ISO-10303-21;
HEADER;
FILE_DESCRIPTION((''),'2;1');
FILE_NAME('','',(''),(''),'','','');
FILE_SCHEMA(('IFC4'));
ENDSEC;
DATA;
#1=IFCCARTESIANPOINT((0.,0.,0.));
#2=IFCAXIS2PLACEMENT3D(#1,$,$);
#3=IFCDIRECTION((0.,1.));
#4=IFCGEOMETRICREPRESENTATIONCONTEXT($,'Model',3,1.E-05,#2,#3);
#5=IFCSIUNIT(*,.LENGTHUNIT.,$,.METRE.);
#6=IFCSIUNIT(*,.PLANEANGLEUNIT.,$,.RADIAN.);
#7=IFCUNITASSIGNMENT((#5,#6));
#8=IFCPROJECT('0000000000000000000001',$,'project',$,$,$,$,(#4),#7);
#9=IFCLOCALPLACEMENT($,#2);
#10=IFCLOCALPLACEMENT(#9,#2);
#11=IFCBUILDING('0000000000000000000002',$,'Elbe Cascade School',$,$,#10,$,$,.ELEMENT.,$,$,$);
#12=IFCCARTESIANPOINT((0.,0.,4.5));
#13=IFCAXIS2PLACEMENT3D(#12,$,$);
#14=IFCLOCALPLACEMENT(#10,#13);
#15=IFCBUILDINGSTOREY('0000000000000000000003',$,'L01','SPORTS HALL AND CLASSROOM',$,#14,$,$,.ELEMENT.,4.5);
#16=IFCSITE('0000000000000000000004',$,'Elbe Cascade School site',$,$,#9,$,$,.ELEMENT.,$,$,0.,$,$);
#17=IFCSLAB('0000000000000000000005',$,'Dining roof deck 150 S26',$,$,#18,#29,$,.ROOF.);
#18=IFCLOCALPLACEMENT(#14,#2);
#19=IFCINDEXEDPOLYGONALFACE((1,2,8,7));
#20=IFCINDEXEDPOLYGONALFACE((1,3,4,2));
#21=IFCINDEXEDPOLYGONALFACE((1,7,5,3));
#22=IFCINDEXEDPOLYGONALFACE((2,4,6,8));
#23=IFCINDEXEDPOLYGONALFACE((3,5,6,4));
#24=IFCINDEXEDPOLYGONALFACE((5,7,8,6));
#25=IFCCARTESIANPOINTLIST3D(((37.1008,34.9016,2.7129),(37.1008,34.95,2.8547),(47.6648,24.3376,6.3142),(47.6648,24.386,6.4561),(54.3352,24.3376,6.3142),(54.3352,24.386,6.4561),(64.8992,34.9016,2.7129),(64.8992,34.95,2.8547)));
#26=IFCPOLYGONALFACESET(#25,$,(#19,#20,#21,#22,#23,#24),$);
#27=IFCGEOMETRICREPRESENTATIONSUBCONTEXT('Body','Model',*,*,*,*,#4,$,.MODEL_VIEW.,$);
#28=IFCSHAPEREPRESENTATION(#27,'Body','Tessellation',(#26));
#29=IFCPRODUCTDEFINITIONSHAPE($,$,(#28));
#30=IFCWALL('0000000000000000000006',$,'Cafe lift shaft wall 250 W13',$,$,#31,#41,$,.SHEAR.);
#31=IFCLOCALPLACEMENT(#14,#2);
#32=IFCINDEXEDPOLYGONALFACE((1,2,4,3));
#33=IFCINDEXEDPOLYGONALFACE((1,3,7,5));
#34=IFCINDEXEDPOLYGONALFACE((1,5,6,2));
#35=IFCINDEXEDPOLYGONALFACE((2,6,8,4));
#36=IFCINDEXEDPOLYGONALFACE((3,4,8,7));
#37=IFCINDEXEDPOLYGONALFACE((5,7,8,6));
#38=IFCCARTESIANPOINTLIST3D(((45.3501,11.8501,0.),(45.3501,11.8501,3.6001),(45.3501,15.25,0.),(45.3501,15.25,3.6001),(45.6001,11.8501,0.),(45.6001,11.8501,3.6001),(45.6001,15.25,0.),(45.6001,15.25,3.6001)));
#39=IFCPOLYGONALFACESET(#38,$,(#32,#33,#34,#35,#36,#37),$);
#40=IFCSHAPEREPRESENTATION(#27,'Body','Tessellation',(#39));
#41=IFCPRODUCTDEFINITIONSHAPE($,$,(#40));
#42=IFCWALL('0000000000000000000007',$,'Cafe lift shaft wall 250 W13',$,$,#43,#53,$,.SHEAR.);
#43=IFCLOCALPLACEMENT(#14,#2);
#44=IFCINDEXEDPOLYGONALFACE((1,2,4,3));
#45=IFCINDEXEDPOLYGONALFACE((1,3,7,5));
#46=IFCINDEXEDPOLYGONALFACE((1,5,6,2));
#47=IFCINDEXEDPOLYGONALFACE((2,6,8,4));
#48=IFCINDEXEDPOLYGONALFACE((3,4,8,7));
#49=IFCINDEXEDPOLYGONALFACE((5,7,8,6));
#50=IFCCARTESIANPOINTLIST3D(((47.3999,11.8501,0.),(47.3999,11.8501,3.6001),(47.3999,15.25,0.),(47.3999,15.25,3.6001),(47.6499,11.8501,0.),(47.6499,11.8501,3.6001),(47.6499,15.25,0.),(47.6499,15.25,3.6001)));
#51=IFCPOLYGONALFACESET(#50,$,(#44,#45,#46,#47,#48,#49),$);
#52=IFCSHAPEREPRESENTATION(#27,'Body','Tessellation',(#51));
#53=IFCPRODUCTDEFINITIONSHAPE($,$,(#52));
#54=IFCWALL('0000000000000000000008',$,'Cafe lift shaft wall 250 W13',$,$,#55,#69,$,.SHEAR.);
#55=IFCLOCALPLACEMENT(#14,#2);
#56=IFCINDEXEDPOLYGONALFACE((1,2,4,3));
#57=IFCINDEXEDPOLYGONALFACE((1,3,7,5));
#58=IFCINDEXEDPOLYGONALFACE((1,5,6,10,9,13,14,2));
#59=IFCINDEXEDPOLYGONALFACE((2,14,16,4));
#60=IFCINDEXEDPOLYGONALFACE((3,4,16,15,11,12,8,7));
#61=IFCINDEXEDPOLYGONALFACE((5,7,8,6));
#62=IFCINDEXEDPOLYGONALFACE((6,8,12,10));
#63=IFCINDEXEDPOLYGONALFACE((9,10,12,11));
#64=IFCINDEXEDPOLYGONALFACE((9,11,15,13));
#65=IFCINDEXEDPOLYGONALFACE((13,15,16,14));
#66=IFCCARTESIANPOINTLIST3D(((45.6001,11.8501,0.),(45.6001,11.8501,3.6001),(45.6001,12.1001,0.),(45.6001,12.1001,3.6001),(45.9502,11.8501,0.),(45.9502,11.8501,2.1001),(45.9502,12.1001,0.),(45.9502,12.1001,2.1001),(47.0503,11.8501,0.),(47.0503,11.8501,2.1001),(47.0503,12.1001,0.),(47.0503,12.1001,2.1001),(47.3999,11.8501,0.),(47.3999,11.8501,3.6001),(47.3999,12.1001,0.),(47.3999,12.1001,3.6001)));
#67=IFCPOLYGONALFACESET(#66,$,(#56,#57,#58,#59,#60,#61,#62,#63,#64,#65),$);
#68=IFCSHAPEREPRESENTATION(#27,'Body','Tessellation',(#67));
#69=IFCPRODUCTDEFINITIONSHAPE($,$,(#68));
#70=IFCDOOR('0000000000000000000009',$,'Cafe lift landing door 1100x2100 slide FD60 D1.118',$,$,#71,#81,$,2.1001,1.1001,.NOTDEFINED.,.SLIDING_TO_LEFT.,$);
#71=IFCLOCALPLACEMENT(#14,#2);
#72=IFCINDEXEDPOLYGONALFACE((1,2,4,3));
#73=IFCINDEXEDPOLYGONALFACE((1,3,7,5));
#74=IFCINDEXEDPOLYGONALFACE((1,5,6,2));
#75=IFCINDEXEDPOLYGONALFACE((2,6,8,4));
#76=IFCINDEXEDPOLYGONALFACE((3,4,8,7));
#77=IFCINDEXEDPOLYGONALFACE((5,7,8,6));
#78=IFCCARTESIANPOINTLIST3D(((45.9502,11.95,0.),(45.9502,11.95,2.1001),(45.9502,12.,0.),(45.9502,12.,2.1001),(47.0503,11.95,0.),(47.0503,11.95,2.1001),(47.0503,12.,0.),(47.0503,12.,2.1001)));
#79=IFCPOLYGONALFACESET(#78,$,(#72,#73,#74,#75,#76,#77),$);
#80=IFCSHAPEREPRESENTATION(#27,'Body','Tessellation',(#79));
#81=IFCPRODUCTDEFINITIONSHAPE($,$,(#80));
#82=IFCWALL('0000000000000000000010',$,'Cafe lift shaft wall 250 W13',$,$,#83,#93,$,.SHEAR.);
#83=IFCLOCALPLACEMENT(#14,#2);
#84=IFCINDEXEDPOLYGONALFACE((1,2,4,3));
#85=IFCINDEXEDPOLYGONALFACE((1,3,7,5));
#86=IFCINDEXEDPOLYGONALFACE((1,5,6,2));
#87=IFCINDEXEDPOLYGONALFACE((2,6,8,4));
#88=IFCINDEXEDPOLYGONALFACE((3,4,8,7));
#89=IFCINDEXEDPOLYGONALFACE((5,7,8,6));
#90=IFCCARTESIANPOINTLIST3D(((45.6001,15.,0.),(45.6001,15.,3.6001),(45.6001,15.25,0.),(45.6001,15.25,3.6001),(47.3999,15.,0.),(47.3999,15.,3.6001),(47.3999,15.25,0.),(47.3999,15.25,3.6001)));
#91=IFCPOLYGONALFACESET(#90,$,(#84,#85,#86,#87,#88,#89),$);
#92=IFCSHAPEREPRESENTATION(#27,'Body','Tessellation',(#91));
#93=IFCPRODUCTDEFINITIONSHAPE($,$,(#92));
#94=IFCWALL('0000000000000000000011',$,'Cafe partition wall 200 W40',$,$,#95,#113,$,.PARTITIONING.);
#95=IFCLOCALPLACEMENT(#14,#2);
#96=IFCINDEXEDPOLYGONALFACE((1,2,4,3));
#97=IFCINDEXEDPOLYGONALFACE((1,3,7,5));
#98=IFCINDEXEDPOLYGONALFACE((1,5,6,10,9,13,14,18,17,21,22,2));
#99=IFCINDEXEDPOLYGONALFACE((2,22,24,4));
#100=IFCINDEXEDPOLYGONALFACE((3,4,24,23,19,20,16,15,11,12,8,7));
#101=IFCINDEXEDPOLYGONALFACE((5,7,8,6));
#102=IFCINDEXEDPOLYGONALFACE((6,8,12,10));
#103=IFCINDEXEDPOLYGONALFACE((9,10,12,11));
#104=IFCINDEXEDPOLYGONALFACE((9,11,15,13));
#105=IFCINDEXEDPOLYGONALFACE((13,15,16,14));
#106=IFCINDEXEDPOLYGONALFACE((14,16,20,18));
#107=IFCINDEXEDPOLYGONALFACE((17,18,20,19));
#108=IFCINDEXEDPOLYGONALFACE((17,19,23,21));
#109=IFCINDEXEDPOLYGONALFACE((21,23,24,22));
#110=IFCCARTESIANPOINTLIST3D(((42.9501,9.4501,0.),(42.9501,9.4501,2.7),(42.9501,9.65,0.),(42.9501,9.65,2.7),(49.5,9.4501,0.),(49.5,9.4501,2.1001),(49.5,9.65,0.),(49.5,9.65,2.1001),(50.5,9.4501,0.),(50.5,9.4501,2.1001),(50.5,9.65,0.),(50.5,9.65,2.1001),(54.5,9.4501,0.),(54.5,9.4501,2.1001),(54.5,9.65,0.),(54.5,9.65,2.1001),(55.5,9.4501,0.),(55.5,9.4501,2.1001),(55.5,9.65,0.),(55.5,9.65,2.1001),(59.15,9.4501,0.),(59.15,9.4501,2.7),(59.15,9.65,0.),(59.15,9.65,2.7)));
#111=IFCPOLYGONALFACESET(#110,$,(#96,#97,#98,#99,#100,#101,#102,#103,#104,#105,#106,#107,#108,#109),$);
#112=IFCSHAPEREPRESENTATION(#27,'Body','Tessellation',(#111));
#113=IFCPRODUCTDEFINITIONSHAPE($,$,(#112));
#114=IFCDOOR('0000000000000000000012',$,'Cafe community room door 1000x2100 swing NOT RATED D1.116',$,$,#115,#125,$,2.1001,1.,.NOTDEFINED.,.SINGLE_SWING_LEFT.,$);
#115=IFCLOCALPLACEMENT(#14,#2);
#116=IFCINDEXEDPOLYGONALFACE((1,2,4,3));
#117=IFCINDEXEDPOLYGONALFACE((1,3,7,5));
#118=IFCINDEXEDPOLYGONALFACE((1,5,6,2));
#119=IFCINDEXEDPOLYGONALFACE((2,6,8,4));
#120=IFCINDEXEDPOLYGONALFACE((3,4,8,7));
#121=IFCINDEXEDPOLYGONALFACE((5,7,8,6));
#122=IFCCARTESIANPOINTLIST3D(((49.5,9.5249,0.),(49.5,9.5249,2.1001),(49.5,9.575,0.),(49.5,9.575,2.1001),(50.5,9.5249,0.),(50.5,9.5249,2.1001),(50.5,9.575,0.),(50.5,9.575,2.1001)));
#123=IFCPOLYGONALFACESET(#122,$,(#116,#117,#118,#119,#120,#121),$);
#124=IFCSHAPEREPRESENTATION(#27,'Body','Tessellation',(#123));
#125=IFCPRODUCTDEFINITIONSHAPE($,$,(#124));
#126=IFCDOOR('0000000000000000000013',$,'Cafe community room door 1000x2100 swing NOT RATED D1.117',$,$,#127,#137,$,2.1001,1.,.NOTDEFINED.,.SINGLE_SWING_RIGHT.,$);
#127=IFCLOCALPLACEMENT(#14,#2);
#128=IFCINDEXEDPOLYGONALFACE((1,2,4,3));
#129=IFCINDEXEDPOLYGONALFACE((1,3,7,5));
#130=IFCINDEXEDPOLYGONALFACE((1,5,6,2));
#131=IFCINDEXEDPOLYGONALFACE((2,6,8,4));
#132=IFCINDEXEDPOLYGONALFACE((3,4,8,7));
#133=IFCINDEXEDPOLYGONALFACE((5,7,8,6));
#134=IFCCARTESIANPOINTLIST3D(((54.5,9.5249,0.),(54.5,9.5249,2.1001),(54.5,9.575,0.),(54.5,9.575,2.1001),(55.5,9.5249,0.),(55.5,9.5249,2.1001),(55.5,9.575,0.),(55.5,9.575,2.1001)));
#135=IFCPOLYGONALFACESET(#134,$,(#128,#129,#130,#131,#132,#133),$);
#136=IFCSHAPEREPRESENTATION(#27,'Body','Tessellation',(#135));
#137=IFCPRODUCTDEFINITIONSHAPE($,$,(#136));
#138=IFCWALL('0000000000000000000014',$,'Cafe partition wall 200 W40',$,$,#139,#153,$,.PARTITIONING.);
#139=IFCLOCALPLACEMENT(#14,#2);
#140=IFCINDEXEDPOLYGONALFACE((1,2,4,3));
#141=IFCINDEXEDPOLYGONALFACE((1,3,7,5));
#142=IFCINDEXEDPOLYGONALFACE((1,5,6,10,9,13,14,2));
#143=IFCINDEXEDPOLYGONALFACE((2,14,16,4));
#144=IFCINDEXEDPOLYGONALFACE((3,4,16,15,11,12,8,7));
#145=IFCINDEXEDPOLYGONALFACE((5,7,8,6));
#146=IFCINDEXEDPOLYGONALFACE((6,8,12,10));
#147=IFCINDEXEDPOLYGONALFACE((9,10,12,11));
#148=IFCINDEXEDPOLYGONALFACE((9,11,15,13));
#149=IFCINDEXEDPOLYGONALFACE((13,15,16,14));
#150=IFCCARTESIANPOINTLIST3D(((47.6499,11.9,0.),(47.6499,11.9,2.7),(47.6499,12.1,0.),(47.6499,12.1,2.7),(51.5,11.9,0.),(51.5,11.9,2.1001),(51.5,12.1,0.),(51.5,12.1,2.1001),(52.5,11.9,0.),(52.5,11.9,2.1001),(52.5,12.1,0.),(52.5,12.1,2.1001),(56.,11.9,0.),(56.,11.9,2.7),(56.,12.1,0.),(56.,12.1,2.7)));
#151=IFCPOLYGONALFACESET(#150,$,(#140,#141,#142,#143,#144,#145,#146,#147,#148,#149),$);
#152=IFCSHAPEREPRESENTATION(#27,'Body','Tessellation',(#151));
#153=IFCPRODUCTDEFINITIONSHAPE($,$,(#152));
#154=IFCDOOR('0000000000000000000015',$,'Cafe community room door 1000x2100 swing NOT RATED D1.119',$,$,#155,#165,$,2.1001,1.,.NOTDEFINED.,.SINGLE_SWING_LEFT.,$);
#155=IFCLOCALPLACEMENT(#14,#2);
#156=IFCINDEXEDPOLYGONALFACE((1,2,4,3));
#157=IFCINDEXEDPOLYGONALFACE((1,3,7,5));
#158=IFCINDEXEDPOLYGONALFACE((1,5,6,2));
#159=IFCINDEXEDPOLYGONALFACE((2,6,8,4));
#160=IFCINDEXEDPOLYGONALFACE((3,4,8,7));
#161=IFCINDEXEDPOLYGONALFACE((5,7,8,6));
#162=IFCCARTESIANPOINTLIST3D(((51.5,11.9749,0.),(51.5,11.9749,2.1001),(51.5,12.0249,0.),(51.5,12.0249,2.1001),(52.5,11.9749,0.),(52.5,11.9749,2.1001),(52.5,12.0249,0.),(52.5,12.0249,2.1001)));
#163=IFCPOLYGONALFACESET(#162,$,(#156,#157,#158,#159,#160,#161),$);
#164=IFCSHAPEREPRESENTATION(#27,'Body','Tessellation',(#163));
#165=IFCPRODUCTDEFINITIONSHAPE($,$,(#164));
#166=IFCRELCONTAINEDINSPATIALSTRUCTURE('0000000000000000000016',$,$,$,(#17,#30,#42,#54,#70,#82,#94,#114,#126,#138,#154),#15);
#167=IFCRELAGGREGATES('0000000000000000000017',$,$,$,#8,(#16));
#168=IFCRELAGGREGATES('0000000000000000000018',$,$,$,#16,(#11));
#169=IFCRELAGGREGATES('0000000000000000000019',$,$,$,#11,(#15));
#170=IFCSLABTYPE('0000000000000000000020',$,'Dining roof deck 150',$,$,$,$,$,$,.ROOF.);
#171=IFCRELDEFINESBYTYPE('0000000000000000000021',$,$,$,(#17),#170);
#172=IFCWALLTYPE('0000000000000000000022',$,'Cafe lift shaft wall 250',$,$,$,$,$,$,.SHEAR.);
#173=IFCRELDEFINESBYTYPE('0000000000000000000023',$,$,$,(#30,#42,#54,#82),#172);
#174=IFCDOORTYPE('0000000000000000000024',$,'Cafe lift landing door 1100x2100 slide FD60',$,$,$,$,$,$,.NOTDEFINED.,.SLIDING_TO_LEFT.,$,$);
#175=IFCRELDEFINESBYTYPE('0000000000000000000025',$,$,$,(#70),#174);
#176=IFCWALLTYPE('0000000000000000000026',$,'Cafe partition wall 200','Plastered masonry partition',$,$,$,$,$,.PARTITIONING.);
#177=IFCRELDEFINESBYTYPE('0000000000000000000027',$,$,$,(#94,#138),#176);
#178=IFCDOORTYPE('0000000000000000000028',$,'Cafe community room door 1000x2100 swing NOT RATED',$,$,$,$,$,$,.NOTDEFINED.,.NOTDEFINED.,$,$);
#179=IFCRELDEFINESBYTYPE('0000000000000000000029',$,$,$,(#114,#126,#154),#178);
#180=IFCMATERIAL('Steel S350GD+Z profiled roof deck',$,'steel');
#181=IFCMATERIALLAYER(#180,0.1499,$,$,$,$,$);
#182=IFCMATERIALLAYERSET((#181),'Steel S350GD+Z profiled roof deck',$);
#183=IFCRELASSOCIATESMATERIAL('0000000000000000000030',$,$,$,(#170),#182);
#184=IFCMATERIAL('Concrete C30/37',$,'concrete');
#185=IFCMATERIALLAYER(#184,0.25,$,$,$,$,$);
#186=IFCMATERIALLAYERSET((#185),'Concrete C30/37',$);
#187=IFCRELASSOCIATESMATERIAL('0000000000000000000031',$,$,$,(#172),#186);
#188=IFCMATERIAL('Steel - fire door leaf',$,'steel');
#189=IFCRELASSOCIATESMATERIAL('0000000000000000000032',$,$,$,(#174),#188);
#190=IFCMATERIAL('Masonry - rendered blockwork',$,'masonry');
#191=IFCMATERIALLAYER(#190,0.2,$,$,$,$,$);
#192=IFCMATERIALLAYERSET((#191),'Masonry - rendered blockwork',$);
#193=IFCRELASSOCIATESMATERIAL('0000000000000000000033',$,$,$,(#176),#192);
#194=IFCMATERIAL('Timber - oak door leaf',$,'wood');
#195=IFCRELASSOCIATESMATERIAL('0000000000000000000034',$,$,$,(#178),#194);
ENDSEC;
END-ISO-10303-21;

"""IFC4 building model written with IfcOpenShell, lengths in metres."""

from ifc_helpers import new_model, si_unit, direction, frame, frame_2d, origin, place, context, subcontext, project, spatial, polyline, rectangle, outline, extrude, material, layer, layer_set, type_object, element, fill, save


model = new_model("IFC4")

# Units and contexts
model_context = context("Model", 3, precision=1e-05, world=origin(), true_north=direction((0.0, 1.0)))
body_context = subcontext(model_context, "Body", "Model", "MODEL_VIEW")
ifc_project = project(units=[si_unit("LENGTHUNIT", "METRE"), si_unit("PLANEANGLEUNIT", "RADIAN")], contexts=[model_context])

# Site, building, storey
site_placement = place(None, origin())
site = spatial("IfcSite", under=ifc_project, at=site_placement, Name="Elbe Cascade School site", CompositionType="ELEMENT", RefElevation=0.0)
building_placement = place(site_placement, origin())
building = spatial("IfcBuilding", under=site, at=building_placement, Name="Elbe Cascade School", CompositionType="ELEMENT")
storey_placement = place(building_placement, frame((0.0, 0.0, 4.5)))
storey = spatial("IfcBuildingStorey", under=building, at=storey_placement, Name="L01", Description="SPORTS HALL AND CLASSROOM", CompositionType="ELEMENT", Elevation=4.5)

# Slab
ifc_material_1 = material(Name="Steel S350GD+Z profiled roof deck", Category="steel")
ifc_layer_1 = layer(ifc_material_1, 0.1499)
ifc_layer_set_1 = layer_set([ifc_layer_1], Name="Steel S350GD+Z profiled roof deck")
slab_type = type_object("IfcSlabType", Name="Dining roof deck 150", PredefinedType="ROOF", material=ifc_layer_set_1)
slab_1_placement = place(storey_placement, frame((47.6648, 24.386, 6.4561), z_axis=(0.0, 0.322671, 0.946511), x_axis=(-0.687416, 0.687416, -0.234344)))
element("IfcSlab", 1, at=slab_1_placement, inside=storey, type_object=slab_type, Name="Dining roof deck 150 S26", PredefinedType="ROOF", context=body_context, shape_type="SweptSolid", body=[
    extrude(outline(polyline([(0.0, 0.0), (15.3676, 0.0), (-3.7414, -20.1889), (-4.5853, -4.8445), (0.0, 0.0)])), origin(), (0.0, 0.0, -1.0), 0.1499),
])

# Walls
ifc_material_2 = material(Name="Concrete C30/37", Category="concrete")
ifc_layer_2 = layer(ifc_material_2, 0.25)
ifc_layer_set_2 = layer_set([ifc_layer_2], Name="Concrete C30/37")
wall_type_1 = type_object("IfcWallType", Name="Cafe lift shaft wall 250", PredefinedType="SHEAR", material=ifc_layer_set_2)
for number, where, z_axis, x_axis, name in (
    (2, (45.4751, 11.8501, 0.0), (0.0, 0.0, 1.0), (0.0, 1.0, 0.0), "Cafe lift shaft wall 250 W13"),
    (3, (47.5249, 11.8501, 0.0), (0.0, 0.0, 1.0), (0.0, 1.0, 0.0), "Cafe lift shaft wall 250 W13"),
):
    element("IfcWall", number, at=place(storey_placement, frame(where, z_axis=z_axis, x_axis=x_axis)), inside=storey, type_object=wall_type_1, Name=name, PredefinedType="SHEAR", context=body_context, shape_type="SweptSolid", body=[
        extrude(rectangle(XDim=3.3999, YDim=0.25, at=frame_2d((1.7, 0.0))), origin(), (0.0, 0.0, 1.0), 3.6001),
    ])

# Wall, opening, door
wall_1_placement = place(storey_placement, frame((45.6001, 11.9751, 0.0), z_axis=(0.0, 0.0, 1.0), x_axis=(1.0, 0.0, 0.0)))
wall_1 = element("IfcWall", 4, at=wall_1_placement, inside=storey, type_object=wall_type_1, Name="Cafe lift shaft wall 250 W13", PredefinedType="SHEAR", context=body_context, shape_type="SweptSolid", body=[
    extrude(rectangle(XDim=1.7998, YDim=0.25, at=frame_2d((0.8999, 0.0))), origin(), (0.0, 0.0, 1.0), 3.6001),
])
opening_1_placement = place(wall_1_placement, frame((0.3501, 0.0, 0.0)))
opening_1 = element("IfcOpeningElement", 5, at=opening_1_placement, cuts=wall_1, PredefinedType="OPENING", context=body_context, shape_type="SweptSolid", body=[
    extrude(rectangle(XDim=1.1001, YDim=2.1001, at=frame_2d((0.55, 1.05))), frame((0.0, 0.135, 0.0), z_axis=(0.0, -1.0, 0.0), x_axis=(1.0, 0.0, 0.0)), (0.0, 0.0, 1.0), 0.27),
])
ifc_material_3 = material(Name="Steel - fire door leaf", Category="steel")
door_type_1 = type_object("IfcDoorType", Name="Cafe lift landing door 1100x2100 slide FD60", OperationType="SLIDING_TO_LEFT", PredefinedType="NOTDEFINED", material=ifc_material_3)
door_1_placement = place(opening_1_placement, origin())
door_1 = element("IfcDoor", 6, at=door_1_placement, inside=storey, type_object=door_type_1, Name="Cafe lift landing door 1100x2100 slide FD60 D1.118", OperationType="SLIDING_TO_LEFT", OverallHeight=2.1001, OverallWidth=1.1001, PredefinedType="NOTDEFINED", context=body_context, shape_type="SweptSolid", body=[
    extrude(rectangle(XDim=1.1001, YDim=2.1001, at=frame_2d((0.55, 1.05))), frame((0.0, 0.0249, 0.0), z_axis=(0.0, -1.0, 0.0), x_axis=(1.0, 0.0, 0.0)), (0.0, 0.0, 1.0), 0.05),
])
fill(opening_1, door_1)

# Wall
wall_2_placement = place(storey_placement, frame((45.6001, 15.125, 0.0), z_axis=(0.0, 0.0, 1.0), x_axis=(1.0, 0.0, 0.0)))
element("IfcWall", 7, at=wall_2_placement, inside=storey, type_object=wall_type_1, Name="Cafe lift shaft wall 250 W13", PredefinedType="SHEAR", context=body_context, shape_type="SweptSolid", body=[
    extrude(rectangle(XDim=1.7998, YDim=0.25, at=frame_2d((0.8999, 0.0))), origin(), (0.0, 0.0, 1.0), 3.6001),
])

# Wall, openings, doors
ifc_material_4 = material(Name="Masonry - rendered blockwork", Category="masonry")
ifc_layer_3 = layer(ifc_material_4, 0.2)
ifc_layer_set_3 = layer_set([ifc_layer_3], Name="Masonry - rendered blockwork")
wall_type_2 = type_object("IfcWallType", Name="Cafe partition wall 200", Description="Plastered masonry partition", PredefinedType="PARTITIONING", material=ifc_layer_set_3)
wall_3_placement = place(storey_placement, frame((42.95, 9.55, 0.0), z_axis=(0.0, 0.0, 1.0), x_axis=(1.0, 0.0, 0.0)))
wall_3 = element("IfcWall", 8, at=wall_3_placement, inside=storey, type_object=wall_type_2, Name="Cafe partition wall 200 W40", PredefinedType="PARTITIONING", context=body_context, shape_type="SweptSolid", body=[
    extrude(rectangle(XDim=16.2, YDim=0.2, at=frame_2d((8.1001, 0.0))), origin(), (0.0, 0.0, 1.0), 2.7),
])
opening_2_placement = place(wall_3_placement, frame((6.55, 0.0, 0.0)))
opening_2 = element("IfcOpeningElement", 9, at=opening_2_placement, cuts=wall_3, PredefinedType="OPENING", context=body_context, shape_type="SweptSolid", body=[
    extrude(rectangle(XDim=1.0, YDim=2.1001, at=frame_2d((0.5, 1.05))), frame((0.0, 0.1099, 0.0), z_axis=(0.0, -1.0, 0.0), x_axis=(1.0, 0.0, 0.0)), (0.0, 0.0, 1.0), 0.22),
])
opening_3_placement = place(wall_3_placement, frame((11.55, 0.0, 0.0)))
opening_3 = element("IfcOpeningElement", 10, at=opening_3_placement, cuts=wall_3, PredefinedType="OPENING", context=body_context, shape_type="SweptSolid", body=[
    extrude(rectangle(XDim=1.0, YDim=2.1001, at=frame_2d((0.5, 1.05))), frame((0.0, 0.1099, 0.0), z_axis=(0.0, -1.0, 0.0), x_axis=(1.0, 0.0, 0.0)), (0.0, 0.0, 1.0), 0.22),
])
ifc_material_5 = material(Name="Timber - oak door leaf", Category="wood")
door_type_2 = type_object("IfcDoorType", Name="Cafe community room door 1000x2100 swing NOT RATED", OperationType="NOTDEFINED", PredefinedType="NOTDEFINED", material=ifc_material_5)
door_2_placement = place(opening_2_placement, origin())
door_2 = element("IfcDoor", 11, at=door_2_placement, inside=storey, type_object=door_type_2, Name="Cafe community room door 1000x2100 swing NOT RATED D1.116", OperationType="SINGLE_SWING_LEFT", OverallHeight=2.1001, OverallWidth=1.0, PredefinedType="NOTDEFINED", context=body_context, shape_type="SweptSolid", body=[
    extrude(rectangle(XDim=1.0, YDim=2.1001, at=frame_2d((0.5, 1.05))), frame((0.0, 0.0249, 0.0), z_axis=(0.0, -1.0, 0.0), x_axis=(1.0, 0.0, 0.0)), (0.0, 0.0, 1.0), 0.05),
])
fill(opening_2, door_2)
door_3_placement = place(opening_3_placement, origin())
door_3 = element("IfcDoor", 12, at=door_3_placement, inside=storey, type_object=door_type_2, Name="Cafe community room door 1000x2100 swing NOT RATED D1.117", OperationType="SINGLE_SWING_RIGHT", OverallHeight=2.1001, OverallWidth=1.0, PredefinedType="NOTDEFINED", context=body_context, shape_type="SweptSolid", body=[
    extrude(rectangle(XDim=1.0, YDim=2.1001, at=frame_2d((0.5, 1.05))), frame((0.0, 0.0249, 0.0), z_axis=(0.0, -1.0, 0.0), x_axis=(1.0, 0.0, 0.0)), (0.0, 0.0, 1.0), 0.05),
])
fill(opening_3, door_3)

# Wall, opening, door
wall_4_placement = place(storey_placement, frame((47.6499, 12.0, 0.0), z_axis=(0.0, 0.0, 1.0), x_axis=(1.0, 0.0, 0.0)))
wall_4 = element("IfcWall", 13, at=wall_4_placement, inside=storey, type_object=wall_type_2, Name="Cafe partition wall 200 W40", PredefinedType="PARTITIONING", context=body_context, shape_type="SweptSolid", body=[
    extrude(rectangle(XDim=8.3501, YDim=0.2, at=frame_2d((4.175, 0.0))), origin(), (0.0, 0.0, 1.0), 2.7),
])
opening_4_placement = place(wall_4_placement, frame((3.8501, 0.0, 0.0)))
opening_4 = element("IfcOpeningElement", 14, at=opening_4_placement, cuts=wall_4, PredefinedType="OPENING", context=body_context, shape_type="SweptSolid", body=[
    extrude(rectangle(XDim=1.0, YDim=2.1001, at=frame_2d((0.5, 1.05))), frame((0.0, 0.1099, 0.0), z_axis=(0.0, -1.0, 0.0), x_axis=(1.0, 0.0, 0.0)), (0.0, 0.0, 1.0), 0.22),
])
door_4_placement = place(opening_4_placement, origin())
door_4 = element("IfcDoor", 15, at=door_4_placement, inside=storey, type_object=door_type_2, Name="Cafe community room door 1000x2100 swing NOT RATED D1.119", OperationType="SINGLE_SWING_LEFT", OverallHeight=2.1001, OverallWidth=1.0, PredefinedType="NOTDEFINED", context=body_context, shape_type="SweptSolid", body=[
    extrude(rectangle(XDim=1.0, YDim=2.1001, at=frame_2d((0.5, 1.05))), frame((0.0, 0.0249, 0.0), z_axis=(0.0, -1.0, 0.0), x_axis=(1.0, 0.0, 0.0)), (0.0, 0.0, 1.0), 0.05),
])
fill(opening_4, door_4)

save(model, "model.ifc")
